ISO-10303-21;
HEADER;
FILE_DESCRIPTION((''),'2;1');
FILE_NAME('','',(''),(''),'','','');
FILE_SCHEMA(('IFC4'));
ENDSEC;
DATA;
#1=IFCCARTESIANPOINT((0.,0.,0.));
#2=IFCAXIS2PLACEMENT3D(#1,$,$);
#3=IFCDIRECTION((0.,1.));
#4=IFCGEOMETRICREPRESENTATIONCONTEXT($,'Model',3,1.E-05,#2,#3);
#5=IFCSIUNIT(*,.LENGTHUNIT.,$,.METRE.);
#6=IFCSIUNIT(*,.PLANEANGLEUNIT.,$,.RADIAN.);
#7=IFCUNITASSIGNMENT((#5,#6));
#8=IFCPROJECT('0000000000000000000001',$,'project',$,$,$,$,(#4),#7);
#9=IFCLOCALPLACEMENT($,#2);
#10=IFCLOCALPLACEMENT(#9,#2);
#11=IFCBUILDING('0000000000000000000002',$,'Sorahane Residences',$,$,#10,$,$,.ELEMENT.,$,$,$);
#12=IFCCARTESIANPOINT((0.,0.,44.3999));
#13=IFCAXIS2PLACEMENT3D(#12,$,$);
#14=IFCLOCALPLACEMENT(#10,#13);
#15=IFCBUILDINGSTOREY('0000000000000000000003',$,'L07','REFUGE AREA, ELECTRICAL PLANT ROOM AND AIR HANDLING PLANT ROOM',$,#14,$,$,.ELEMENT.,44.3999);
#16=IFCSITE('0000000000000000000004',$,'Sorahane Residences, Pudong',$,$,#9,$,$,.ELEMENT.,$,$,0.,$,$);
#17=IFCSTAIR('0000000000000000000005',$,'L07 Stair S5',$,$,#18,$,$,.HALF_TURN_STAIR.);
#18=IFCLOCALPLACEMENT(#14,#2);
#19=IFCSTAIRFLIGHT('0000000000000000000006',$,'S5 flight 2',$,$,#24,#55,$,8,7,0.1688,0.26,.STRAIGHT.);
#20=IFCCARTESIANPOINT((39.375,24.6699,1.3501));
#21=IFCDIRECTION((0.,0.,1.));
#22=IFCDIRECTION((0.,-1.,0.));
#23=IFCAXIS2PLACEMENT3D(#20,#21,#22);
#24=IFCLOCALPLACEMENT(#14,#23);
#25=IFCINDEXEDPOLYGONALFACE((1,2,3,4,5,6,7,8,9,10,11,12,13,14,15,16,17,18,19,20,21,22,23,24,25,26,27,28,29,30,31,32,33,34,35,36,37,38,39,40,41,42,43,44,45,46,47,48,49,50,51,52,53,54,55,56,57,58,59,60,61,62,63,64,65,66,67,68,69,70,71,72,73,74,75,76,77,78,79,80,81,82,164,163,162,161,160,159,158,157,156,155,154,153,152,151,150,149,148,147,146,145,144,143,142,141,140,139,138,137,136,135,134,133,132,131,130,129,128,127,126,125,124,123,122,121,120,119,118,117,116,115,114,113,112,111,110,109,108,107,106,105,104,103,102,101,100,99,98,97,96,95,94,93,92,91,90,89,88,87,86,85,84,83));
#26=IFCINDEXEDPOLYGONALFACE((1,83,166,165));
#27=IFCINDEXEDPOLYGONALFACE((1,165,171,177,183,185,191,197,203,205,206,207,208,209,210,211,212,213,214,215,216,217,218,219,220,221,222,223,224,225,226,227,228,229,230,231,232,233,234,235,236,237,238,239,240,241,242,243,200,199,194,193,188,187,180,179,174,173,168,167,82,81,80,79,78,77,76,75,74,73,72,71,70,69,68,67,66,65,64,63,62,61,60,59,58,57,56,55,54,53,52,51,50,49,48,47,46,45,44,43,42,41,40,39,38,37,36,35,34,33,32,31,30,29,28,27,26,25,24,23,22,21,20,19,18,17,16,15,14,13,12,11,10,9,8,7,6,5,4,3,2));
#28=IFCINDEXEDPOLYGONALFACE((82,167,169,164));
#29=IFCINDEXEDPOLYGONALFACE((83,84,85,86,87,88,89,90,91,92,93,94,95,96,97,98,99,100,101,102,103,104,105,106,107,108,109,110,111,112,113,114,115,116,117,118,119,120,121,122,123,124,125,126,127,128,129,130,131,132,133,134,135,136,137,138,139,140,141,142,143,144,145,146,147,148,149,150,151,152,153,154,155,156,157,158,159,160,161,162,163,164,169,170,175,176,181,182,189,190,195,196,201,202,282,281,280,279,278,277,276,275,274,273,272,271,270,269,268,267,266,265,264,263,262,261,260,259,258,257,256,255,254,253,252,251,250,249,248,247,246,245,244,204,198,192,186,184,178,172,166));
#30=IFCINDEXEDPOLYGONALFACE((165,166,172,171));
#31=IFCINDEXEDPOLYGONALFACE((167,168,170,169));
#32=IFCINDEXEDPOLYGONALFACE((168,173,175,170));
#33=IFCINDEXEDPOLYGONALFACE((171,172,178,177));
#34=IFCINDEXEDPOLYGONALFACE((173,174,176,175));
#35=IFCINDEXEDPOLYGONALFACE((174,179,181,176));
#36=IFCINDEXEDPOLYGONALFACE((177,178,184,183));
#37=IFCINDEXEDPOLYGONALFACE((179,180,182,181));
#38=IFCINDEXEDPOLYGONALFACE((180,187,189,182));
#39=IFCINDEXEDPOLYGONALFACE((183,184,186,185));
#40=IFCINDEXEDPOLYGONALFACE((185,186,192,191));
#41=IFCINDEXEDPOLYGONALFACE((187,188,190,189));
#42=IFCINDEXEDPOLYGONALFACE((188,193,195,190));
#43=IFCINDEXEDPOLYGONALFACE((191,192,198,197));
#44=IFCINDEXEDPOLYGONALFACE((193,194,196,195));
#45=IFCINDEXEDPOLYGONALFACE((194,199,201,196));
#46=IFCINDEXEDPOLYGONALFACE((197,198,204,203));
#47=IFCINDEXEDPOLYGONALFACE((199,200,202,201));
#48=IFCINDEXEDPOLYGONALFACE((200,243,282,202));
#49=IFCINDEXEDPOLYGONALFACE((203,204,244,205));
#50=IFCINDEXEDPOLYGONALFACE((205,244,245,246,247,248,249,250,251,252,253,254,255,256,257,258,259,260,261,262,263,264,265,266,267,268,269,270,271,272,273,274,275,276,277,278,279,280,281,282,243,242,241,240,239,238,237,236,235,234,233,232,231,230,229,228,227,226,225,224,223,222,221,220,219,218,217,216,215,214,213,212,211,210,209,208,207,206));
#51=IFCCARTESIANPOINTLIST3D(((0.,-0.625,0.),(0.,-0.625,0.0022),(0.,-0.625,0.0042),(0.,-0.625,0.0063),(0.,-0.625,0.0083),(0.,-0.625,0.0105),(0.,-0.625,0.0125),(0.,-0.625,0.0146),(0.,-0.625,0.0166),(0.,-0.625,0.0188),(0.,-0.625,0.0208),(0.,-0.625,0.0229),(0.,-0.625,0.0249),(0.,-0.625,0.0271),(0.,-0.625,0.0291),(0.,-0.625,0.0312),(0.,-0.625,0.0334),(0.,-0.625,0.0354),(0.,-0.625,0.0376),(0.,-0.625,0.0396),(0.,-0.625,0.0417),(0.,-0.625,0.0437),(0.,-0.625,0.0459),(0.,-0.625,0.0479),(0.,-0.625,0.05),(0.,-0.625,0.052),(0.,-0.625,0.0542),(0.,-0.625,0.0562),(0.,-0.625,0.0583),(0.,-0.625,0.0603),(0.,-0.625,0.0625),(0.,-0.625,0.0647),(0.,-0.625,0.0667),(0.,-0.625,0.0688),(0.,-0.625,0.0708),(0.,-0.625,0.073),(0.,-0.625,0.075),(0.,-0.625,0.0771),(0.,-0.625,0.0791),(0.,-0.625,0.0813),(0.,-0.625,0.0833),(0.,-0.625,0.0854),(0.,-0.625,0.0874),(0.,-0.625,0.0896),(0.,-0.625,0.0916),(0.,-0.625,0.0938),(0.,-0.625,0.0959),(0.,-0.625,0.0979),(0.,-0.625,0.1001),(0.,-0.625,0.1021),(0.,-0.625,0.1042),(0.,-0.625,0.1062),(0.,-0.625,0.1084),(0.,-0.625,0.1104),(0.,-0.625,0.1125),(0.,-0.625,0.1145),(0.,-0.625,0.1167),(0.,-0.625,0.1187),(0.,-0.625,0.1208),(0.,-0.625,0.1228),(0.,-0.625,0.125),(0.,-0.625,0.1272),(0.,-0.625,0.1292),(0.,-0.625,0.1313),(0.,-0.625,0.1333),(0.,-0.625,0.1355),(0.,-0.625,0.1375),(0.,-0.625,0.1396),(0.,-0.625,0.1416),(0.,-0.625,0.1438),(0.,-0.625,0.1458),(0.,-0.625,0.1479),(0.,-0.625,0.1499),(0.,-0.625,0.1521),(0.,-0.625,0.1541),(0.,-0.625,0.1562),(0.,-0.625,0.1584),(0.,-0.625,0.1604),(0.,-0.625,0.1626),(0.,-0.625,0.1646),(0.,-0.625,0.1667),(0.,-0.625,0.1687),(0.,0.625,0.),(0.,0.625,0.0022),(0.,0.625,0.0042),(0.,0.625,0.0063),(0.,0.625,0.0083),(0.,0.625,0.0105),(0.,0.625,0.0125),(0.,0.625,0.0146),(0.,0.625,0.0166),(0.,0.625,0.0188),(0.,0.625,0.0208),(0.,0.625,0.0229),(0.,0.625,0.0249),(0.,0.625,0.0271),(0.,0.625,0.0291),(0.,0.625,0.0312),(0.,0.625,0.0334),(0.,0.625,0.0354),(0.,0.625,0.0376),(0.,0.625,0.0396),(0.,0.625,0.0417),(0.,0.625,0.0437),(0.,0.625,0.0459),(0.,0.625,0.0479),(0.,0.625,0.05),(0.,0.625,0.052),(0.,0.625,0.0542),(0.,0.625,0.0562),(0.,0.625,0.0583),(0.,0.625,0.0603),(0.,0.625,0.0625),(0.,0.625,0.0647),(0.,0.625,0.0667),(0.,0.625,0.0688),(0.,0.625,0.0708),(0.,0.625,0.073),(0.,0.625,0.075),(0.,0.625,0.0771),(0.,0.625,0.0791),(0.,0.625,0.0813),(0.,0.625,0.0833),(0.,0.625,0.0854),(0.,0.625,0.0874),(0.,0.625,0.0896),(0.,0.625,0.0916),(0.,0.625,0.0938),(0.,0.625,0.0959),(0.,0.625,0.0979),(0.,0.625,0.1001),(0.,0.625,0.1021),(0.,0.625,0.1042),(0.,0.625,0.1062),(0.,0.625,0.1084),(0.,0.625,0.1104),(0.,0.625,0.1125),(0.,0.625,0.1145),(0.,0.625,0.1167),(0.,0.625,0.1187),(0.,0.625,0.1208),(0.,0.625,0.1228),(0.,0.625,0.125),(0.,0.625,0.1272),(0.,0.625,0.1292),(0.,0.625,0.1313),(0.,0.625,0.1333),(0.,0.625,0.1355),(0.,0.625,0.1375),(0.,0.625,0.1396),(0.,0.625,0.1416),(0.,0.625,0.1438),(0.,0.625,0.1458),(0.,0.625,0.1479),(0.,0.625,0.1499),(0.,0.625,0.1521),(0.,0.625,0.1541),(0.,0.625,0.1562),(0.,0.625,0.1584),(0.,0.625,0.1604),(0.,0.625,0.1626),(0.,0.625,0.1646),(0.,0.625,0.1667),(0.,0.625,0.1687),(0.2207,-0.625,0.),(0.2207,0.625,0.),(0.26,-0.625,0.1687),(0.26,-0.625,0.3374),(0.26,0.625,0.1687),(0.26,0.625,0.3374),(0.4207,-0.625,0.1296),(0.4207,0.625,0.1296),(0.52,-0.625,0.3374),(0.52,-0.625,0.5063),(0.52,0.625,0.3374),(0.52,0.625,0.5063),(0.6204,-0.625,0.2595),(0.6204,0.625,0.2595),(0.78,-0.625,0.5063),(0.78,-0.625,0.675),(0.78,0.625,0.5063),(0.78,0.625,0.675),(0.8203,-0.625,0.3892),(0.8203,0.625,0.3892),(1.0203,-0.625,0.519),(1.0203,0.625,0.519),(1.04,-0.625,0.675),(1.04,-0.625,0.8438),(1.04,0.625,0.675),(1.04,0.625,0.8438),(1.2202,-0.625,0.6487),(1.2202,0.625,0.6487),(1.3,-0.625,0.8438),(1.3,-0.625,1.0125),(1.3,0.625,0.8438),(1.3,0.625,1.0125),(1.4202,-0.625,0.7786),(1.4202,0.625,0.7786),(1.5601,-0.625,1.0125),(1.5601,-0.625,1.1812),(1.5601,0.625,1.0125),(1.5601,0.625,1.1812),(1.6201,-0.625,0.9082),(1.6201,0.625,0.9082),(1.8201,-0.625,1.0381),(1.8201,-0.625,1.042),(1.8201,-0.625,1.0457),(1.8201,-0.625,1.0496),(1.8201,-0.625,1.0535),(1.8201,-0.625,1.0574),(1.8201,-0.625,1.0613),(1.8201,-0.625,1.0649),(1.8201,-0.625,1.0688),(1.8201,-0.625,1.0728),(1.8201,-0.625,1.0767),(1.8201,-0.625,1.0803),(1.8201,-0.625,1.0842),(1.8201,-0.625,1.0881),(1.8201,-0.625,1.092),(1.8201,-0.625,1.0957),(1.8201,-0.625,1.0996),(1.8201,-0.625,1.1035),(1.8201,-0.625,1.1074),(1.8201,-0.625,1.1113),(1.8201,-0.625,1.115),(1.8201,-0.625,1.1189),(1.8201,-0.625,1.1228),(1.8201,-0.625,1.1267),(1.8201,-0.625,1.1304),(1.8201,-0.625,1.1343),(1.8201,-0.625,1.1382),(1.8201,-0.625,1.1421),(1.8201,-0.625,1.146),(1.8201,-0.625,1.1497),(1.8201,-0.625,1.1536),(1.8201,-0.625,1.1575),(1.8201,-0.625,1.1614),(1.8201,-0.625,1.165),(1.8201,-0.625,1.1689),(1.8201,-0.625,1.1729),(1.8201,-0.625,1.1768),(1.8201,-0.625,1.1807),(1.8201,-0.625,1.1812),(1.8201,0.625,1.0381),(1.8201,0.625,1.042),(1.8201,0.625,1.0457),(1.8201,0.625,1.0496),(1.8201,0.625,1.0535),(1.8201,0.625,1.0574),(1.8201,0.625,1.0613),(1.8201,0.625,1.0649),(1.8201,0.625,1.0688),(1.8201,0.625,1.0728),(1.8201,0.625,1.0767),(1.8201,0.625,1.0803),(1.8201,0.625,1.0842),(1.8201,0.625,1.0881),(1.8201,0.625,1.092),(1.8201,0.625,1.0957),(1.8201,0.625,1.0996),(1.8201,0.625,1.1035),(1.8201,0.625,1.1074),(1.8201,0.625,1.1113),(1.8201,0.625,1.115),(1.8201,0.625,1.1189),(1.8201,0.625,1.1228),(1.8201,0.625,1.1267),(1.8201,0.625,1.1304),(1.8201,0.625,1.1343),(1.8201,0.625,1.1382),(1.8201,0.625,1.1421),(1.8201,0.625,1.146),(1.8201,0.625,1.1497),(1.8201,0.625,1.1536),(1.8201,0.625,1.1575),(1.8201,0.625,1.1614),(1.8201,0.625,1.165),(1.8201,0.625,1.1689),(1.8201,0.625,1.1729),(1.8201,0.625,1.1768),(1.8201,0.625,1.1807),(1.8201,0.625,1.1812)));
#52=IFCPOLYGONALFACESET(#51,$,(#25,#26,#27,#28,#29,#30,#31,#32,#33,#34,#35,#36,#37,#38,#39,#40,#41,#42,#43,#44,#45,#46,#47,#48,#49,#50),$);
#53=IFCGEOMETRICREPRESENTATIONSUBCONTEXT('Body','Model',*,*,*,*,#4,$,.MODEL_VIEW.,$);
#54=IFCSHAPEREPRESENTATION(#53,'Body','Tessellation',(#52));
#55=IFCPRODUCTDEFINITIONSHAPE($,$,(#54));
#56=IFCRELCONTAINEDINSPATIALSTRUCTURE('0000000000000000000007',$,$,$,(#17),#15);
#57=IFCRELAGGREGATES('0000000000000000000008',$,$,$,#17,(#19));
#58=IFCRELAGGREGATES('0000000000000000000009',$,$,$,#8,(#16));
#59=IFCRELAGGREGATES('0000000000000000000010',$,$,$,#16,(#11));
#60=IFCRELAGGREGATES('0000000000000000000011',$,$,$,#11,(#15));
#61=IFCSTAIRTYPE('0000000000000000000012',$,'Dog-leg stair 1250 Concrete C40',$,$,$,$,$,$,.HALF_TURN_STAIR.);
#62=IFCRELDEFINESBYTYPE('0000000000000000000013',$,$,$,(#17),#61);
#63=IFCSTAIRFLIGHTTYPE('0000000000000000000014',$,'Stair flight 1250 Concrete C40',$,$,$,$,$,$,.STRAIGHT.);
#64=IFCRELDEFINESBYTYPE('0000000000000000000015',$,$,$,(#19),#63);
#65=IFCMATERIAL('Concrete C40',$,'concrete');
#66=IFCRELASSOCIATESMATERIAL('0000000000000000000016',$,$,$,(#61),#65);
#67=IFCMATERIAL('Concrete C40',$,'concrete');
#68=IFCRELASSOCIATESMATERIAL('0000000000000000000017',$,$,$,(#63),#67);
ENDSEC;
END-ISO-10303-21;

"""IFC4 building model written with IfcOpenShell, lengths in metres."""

from ifc_helpers import new_model, si_unit, direction, frame, origin, place, context, subcontext, project, spatial, polyline, outline, extrude, material, type_object, element, aggregate, save


model = new_model("IFC4")

# Units and contexts
model_context = context("Model", 3, precision=1e-05, world=origin(), true_north=direction((0.0, 1.0)))
body_context = subcontext(model_context, "Body", "Model", "MODEL_VIEW")
ifc_project = project(units=[si_unit("LENGTHUNIT", "METRE"), si_unit("PLANEANGLEUNIT", "RADIAN")], contexts=[model_context])

# Site, building, storey
site_placement = place(None, origin())
site = spatial("IfcSite", under=ifc_project, at=site_placement, Name="Sorahane Residences, Pudong", CompositionType="ELEMENT", RefElevation=0.0)
building_placement = place(site_placement, origin())
building = spatial("IfcBuilding", under=site, at=building_placement, Name="Sorahane Residences", CompositionType="ELEMENT")
storey_placement = place(building_placement, frame((0.0, 0.0, 44.3999)))
storey = spatial("IfcBuildingStorey", under=building, at=storey_placement, Name="L07", Description="REFUGE AREA, ELECTRICAL PLANT ROOM AND AIR HANDLING PLANT ROOM", CompositionType="ELEMENT", Elevation=44.3999)

# Stair, stair flight
ifc_material_1 = material(Name="Concrete C40", Category="concrete")
stair_type = type_object("IfcStairType", Name="Dog-leg stair 1250 Concrete C40", PredefinedType="HALF_TURN_STAIR", material=ifc_material_1)
stair_placement = place(storey_placement, origin())
stair = element("IfcStair", 1, at=stair_placement, inside=storey, type_object=stair_type, Name="L07 Stair S5", PredefinedType="HALF_TURN_STAIR")
ifc_material_2 = material(Name="Concrete C40", Category="concrete")
stair_flight_type = type_object("IfcStairFlightType", Name="Stair flight 1250 Concrete C40", PredefinedType="STRAIGHT", material=ifc_material_2)
stair_flight_1_placement = place(storey_placement, frame((39.375, 24.6699, 1.3501), z_axis=(0.0, 0.0, 1.0), x_axis=(0.0, -1.0, 0.0)))
stair_flight_1 = element("IfcStairFlight", 2, at=stair_flight_1_placement, type_object=stair_flight_type, Name="S5 flight 2", NumberOfRisers=8, NumberOfTreads=7, PredefinedType="STRAIGHT", RiserHeight=0.1688, TreadLength=0.26, context=body_context, shape_type="SweptSolid", body=[
    extrude(outline(polyline([(0.0, 0.0), (0.0, 0.0022), (0.0, 0.0042), (0.0, 0.0063), (0.0, 0.0083), (0.0, 0.0105), (0.0, 0.0125), (0.0, 0.0146), (0.0, 0.0166), (0.0, 0.0188), (0.0, 0.0208), (0.0, 0.0229), (0.0, 0.0249), (0.0, 0.0271), (0.0, 0.0291), (0.0, 0.0312), (0.0, 0.0334), (0.0, 0.0354), (0.0, 0.0376), (0.0, 0.0396), (0.0, 0.0417), (0.0, 0.0437), (0.0, 0.0459), (0.0, 0.0479), (0.0, 0.05), (0.0, 0.052), (0.0, 0.0542), (0.0, 0.0562), (0.0, 0.0583), (0.0, 0.0603), (0.0, 0.0625), (0.0, 0.0647), (0.0, 0.0667), (0.0, 0.0688), (0.0, 0.0708), (0.0, 0.073), (0.0, 0.075), (0.0, 0.0771), (0.0, 0.0791), (0.0, 0.0813), (0.0, 0.0833), (0.0, 0.0854), (0.0, 0.0874), (0.0, 0.0896), (0.0, 0.0916), (0.0, 0.0938), (0.0, 0.0959), (0.0, 0.0979), (0.0, 0.1001), (0.0, 0.1021), (0.0, 0.1042), (0.0, 0.1062), (0.0, 0.1084), (0.0, 0.1104), (0.0, 0.1125), (0.0, 0.1145), (0.0, 0.1167), (0.0, 0.1187), (0.0, 0.1208), (0.0, 0.1228), (0.0, 0.125), (0.0, 0.1272), (0.0, 0.1292), (0.0, 0.1313), (0.0, 0.1333), (0.0, 0.1355), (0.0, 0.1375), (0.0, 0.1396), (0.0, 0.1416), (0.0, 0.1438), (0.0, 0.1458), (0.0, 0.1479), (0.0, 0.1499), (0.0, 0.1521), (0.0, 0.1541), (0.0, 0.1562), (0.0, 0.1584), (0.0, 0.1604), (0.0, 0.1626), (0.0, 0.1646), (0.0, 0.1667), (0.0, 0.1687), (0.26, 0.1687), (0.26, 0.3374), (0.52, 0.3374), (0.52, 0.5063), (0.78, 0.5063), (0.78, 0.675), (1.04, 0.675), (1.04, 0.8438), (1.3, 0.8438), (1.3, 1.0125), (1.5601, 1.0125), (1.5601, 1.1812), (1.8201, 1.1812), (1.8201, 1.3501), (1.8201, 1.3462), (1.8201, 1.3423), (1.8201, 1.3384), (1.8201, 1.3347), (1.8201, 1.3308), (1.8201, 1.3269), (1.8201, 1.323), (1.8201, 1.3191), (1.8201, 1.3154), (1.8201, 1.3115), (1.8201, 1.3076), (1.8201, 1.3037), (1.8201, 1.3), (1.8201, 1.2961), (1.8201, 1.2922), (1.8201, 1.2883), (1.8201, 1.2844), (1.8201, 1.2808), (1.8201, 1.2769), (1.8201, 1.2729), (1.8201, 1.269), (1.8201, 1.2654), (1.8201, 1.2615), (1.8201, 1.2576), (1.8201, 1.2537), (1.8201, 1.2498), (1.8201, 1.2461), (1.8201, 1.2422), (1.8201, 1.2383), (1.8201, 1.2344), (1.8201, 1.2307), (1.8201, 1.2268), (1.8201, 1.2229), (1.8201, 1.219), (1.8201, 1.2151), (1.8201, 1.2114), (1.8201, 1.2075), (1.8201, 1.2036), (1.8201, 1.1997), (1.8201, 1.196), (1.8201, 1.1921), (1.8201, 1.1882), (1.8201, 1.1843), (1.8201, 1.1807), (1.8201, 1.1768), (1.8201, 1.1729), (1.8201, 1.1689), (1.8201, 1.165), (1.8201, 1.1614), (1.8201, 1.1575), (1.8201, 1.1536), (1.8201, 1.1497), (1.8201, 1.146), (1.8201, 1.1421), (1.8201, 1.1382), (1.8201, 1.1343), (1.8201, 1.1304), (1.8201, 1.1267), (1.8201, 1.1228), (1.8201, 1.1189), (1.8201, 1.115), (1.8201, 1.1113), (1.8201, 1.1074), (1.8201, 1.1035), (1.8201, 1.0996), (1.8201, 1.0957), (1.8201, 1.092), (1.8201, 1.0881), (1.8201, 1.0842), (1.8201, 1.0803), (1.8201, 1.0767), (1.8201, 1.0728), (1.8201, 1.0688), (1.8201, 1.0649), (1.8201, 1.0613), (1.8201, 1.0574), (1.8201, 1.0535), (1.8201, 1.0496), (1.8201, 1.0457), (1.8201, 1.042), (1.8201, 1.0381), (1.6201, 0.9082), (1.4202, 0.7786), (1.2202, 0.6487), (1.0203, 0.519), (0.8203, 0.3892), (0.6204, 0.2595), (0.4207, 0.1296), (0.2207, 0.0), (0.0, 0.0)])), frame((0.0, 0.625, 0.0), z_axis=(0.0, -1.0, 0.0), x_axis=(1.0, 0.0, 0.0)), (0.0, 0.0, 1.0), 1.25),
])
aggregate(stair, [stair_flight_1])

save(model, "model.ifc")
